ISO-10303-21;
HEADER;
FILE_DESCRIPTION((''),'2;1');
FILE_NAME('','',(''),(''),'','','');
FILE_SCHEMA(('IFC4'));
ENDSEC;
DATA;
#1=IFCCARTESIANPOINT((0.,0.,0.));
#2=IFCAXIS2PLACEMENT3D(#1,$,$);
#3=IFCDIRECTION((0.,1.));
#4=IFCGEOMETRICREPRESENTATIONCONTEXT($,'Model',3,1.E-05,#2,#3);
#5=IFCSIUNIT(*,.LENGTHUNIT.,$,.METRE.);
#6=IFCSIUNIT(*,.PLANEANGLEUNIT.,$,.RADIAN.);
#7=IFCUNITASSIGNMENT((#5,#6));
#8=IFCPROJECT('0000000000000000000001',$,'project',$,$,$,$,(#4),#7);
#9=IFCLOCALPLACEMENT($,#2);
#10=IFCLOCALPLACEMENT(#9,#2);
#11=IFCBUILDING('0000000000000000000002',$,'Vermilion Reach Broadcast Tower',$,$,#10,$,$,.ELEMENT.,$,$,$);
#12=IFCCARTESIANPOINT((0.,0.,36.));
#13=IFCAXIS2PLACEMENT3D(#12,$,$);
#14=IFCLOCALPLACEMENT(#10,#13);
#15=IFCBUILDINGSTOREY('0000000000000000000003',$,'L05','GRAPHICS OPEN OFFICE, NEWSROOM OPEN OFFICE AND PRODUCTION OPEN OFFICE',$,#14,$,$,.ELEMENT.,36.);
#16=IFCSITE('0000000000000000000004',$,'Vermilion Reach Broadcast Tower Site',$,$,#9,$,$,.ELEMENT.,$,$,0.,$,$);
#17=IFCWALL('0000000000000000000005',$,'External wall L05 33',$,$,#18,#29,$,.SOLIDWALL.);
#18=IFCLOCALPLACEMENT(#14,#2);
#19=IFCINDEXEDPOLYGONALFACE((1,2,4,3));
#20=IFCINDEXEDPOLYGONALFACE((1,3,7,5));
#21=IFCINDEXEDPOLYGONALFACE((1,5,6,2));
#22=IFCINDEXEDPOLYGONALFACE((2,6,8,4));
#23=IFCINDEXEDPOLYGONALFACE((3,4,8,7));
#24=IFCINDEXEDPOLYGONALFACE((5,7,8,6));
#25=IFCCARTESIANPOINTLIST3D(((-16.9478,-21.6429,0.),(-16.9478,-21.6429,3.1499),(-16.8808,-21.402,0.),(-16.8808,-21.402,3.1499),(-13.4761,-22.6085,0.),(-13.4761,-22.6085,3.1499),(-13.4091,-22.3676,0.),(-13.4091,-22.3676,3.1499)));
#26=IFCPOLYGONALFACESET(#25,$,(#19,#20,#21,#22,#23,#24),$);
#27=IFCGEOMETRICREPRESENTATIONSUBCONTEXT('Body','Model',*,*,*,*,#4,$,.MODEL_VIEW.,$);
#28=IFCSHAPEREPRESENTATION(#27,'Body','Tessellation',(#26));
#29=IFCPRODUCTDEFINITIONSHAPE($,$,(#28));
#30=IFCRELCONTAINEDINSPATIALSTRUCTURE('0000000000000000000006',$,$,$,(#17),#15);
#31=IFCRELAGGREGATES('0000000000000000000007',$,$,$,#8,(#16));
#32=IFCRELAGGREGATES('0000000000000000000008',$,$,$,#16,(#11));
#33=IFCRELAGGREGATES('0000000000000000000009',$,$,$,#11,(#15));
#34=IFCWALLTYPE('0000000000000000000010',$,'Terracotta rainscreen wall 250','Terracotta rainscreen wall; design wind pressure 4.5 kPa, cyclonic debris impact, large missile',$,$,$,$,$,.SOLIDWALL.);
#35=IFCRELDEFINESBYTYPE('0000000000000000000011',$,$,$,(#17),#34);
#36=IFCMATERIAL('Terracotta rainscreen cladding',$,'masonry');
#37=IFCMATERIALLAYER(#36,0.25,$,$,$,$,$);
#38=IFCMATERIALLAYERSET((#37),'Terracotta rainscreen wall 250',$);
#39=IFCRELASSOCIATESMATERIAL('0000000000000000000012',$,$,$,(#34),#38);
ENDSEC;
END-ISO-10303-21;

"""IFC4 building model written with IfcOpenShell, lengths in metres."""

from ifc_helpers import new_model, si_unit, direction, frame, frame_2d, origin, place, context, subcontext, project, spatial, rectangle, extrude, material, layer, layer_set, type_object, element, save


model = new_model("IFC4")

# Units and contexts
model_context = context("Model", 3, precision=1e-05, world=origin(), true_north=direction((0.0, 1.0)))
body_context = subcontext(model_context, "Body", "Model", "MODEL_VIEW")
ifc_project = project(units=[si_unit("LENGTHUNIT", "METRE"), si_unit("PLANEANGLEUNIT", "RADIAN")], contexts=[model_context])

# Site, building, storey
site_placement = place(None, origin())
site = spatial("IfcSite", under=ifc_project, at=site_placement, Name="Vermilion Reach Broadcast Tower Site", CompositionType="ELEMENT", RefElevation=0.0)
building_placement = place(site_placement, origin())
building = spatial("IfcBuilding", under=site, at=building_placement, Name="Vermilion Reach Broadcast Tower", CompositionType="ELEMENT")
storey_placement = place(building_placement, frame((0.0, 0.0, 36.0)))
storey = spatial("IfcBuildingStorey", under=building, at=storey_placement, Name="L05", Description="GRAPHICS OPEN OFFICE, NEWSROOM OPEN OFFICE AND PRODUCTION OPEN OFFICE", CompositionType="ELEMENT", Elevation=36.0)

# Wall
ifc_material_1 = material(Name="Terracotta rainscreen cladding", Category="masonry")
ifc_layer_1 = layer(ifc_material_1, 0.25)
ifc_layer_set_1 = layer_set([ifc_layer_1], Name="Terracotta rainscreen wall 250")
wall_type_1 = type_object("IfcWallType", Name="Terracotta rainscreen wall 250", Description="Terracotta rainscreen wall; design wind pressure 4.5 kPa, cyclonic debris impact, large missile", PredefinedType="SOLIDWALL", material=ifc_layer_set_1)
wall_1_placement = place(storey_placement, frame((-16.9143, -21.5225, 0.0), z_axis=(0.0, 0.0, 1.0), x_axis=(0.96343, -0.267958, 0.0)))
element("IfcWall", 1, at=wall_1_placement, inside=storey, type_object=wall_type_1, Name="External wall L05 33", PredefinedType="SOLIDWALL", context=body_context, shape_type="SweptSolid", body=[
    extrude(rectangle(XDim=3.6035, YDim=0.25, at=frame_2d((1.8018, 0.0))), origin(), (0.0, 0.0, 1.0), 3.1499),
])

save(model, "model.ifc")
